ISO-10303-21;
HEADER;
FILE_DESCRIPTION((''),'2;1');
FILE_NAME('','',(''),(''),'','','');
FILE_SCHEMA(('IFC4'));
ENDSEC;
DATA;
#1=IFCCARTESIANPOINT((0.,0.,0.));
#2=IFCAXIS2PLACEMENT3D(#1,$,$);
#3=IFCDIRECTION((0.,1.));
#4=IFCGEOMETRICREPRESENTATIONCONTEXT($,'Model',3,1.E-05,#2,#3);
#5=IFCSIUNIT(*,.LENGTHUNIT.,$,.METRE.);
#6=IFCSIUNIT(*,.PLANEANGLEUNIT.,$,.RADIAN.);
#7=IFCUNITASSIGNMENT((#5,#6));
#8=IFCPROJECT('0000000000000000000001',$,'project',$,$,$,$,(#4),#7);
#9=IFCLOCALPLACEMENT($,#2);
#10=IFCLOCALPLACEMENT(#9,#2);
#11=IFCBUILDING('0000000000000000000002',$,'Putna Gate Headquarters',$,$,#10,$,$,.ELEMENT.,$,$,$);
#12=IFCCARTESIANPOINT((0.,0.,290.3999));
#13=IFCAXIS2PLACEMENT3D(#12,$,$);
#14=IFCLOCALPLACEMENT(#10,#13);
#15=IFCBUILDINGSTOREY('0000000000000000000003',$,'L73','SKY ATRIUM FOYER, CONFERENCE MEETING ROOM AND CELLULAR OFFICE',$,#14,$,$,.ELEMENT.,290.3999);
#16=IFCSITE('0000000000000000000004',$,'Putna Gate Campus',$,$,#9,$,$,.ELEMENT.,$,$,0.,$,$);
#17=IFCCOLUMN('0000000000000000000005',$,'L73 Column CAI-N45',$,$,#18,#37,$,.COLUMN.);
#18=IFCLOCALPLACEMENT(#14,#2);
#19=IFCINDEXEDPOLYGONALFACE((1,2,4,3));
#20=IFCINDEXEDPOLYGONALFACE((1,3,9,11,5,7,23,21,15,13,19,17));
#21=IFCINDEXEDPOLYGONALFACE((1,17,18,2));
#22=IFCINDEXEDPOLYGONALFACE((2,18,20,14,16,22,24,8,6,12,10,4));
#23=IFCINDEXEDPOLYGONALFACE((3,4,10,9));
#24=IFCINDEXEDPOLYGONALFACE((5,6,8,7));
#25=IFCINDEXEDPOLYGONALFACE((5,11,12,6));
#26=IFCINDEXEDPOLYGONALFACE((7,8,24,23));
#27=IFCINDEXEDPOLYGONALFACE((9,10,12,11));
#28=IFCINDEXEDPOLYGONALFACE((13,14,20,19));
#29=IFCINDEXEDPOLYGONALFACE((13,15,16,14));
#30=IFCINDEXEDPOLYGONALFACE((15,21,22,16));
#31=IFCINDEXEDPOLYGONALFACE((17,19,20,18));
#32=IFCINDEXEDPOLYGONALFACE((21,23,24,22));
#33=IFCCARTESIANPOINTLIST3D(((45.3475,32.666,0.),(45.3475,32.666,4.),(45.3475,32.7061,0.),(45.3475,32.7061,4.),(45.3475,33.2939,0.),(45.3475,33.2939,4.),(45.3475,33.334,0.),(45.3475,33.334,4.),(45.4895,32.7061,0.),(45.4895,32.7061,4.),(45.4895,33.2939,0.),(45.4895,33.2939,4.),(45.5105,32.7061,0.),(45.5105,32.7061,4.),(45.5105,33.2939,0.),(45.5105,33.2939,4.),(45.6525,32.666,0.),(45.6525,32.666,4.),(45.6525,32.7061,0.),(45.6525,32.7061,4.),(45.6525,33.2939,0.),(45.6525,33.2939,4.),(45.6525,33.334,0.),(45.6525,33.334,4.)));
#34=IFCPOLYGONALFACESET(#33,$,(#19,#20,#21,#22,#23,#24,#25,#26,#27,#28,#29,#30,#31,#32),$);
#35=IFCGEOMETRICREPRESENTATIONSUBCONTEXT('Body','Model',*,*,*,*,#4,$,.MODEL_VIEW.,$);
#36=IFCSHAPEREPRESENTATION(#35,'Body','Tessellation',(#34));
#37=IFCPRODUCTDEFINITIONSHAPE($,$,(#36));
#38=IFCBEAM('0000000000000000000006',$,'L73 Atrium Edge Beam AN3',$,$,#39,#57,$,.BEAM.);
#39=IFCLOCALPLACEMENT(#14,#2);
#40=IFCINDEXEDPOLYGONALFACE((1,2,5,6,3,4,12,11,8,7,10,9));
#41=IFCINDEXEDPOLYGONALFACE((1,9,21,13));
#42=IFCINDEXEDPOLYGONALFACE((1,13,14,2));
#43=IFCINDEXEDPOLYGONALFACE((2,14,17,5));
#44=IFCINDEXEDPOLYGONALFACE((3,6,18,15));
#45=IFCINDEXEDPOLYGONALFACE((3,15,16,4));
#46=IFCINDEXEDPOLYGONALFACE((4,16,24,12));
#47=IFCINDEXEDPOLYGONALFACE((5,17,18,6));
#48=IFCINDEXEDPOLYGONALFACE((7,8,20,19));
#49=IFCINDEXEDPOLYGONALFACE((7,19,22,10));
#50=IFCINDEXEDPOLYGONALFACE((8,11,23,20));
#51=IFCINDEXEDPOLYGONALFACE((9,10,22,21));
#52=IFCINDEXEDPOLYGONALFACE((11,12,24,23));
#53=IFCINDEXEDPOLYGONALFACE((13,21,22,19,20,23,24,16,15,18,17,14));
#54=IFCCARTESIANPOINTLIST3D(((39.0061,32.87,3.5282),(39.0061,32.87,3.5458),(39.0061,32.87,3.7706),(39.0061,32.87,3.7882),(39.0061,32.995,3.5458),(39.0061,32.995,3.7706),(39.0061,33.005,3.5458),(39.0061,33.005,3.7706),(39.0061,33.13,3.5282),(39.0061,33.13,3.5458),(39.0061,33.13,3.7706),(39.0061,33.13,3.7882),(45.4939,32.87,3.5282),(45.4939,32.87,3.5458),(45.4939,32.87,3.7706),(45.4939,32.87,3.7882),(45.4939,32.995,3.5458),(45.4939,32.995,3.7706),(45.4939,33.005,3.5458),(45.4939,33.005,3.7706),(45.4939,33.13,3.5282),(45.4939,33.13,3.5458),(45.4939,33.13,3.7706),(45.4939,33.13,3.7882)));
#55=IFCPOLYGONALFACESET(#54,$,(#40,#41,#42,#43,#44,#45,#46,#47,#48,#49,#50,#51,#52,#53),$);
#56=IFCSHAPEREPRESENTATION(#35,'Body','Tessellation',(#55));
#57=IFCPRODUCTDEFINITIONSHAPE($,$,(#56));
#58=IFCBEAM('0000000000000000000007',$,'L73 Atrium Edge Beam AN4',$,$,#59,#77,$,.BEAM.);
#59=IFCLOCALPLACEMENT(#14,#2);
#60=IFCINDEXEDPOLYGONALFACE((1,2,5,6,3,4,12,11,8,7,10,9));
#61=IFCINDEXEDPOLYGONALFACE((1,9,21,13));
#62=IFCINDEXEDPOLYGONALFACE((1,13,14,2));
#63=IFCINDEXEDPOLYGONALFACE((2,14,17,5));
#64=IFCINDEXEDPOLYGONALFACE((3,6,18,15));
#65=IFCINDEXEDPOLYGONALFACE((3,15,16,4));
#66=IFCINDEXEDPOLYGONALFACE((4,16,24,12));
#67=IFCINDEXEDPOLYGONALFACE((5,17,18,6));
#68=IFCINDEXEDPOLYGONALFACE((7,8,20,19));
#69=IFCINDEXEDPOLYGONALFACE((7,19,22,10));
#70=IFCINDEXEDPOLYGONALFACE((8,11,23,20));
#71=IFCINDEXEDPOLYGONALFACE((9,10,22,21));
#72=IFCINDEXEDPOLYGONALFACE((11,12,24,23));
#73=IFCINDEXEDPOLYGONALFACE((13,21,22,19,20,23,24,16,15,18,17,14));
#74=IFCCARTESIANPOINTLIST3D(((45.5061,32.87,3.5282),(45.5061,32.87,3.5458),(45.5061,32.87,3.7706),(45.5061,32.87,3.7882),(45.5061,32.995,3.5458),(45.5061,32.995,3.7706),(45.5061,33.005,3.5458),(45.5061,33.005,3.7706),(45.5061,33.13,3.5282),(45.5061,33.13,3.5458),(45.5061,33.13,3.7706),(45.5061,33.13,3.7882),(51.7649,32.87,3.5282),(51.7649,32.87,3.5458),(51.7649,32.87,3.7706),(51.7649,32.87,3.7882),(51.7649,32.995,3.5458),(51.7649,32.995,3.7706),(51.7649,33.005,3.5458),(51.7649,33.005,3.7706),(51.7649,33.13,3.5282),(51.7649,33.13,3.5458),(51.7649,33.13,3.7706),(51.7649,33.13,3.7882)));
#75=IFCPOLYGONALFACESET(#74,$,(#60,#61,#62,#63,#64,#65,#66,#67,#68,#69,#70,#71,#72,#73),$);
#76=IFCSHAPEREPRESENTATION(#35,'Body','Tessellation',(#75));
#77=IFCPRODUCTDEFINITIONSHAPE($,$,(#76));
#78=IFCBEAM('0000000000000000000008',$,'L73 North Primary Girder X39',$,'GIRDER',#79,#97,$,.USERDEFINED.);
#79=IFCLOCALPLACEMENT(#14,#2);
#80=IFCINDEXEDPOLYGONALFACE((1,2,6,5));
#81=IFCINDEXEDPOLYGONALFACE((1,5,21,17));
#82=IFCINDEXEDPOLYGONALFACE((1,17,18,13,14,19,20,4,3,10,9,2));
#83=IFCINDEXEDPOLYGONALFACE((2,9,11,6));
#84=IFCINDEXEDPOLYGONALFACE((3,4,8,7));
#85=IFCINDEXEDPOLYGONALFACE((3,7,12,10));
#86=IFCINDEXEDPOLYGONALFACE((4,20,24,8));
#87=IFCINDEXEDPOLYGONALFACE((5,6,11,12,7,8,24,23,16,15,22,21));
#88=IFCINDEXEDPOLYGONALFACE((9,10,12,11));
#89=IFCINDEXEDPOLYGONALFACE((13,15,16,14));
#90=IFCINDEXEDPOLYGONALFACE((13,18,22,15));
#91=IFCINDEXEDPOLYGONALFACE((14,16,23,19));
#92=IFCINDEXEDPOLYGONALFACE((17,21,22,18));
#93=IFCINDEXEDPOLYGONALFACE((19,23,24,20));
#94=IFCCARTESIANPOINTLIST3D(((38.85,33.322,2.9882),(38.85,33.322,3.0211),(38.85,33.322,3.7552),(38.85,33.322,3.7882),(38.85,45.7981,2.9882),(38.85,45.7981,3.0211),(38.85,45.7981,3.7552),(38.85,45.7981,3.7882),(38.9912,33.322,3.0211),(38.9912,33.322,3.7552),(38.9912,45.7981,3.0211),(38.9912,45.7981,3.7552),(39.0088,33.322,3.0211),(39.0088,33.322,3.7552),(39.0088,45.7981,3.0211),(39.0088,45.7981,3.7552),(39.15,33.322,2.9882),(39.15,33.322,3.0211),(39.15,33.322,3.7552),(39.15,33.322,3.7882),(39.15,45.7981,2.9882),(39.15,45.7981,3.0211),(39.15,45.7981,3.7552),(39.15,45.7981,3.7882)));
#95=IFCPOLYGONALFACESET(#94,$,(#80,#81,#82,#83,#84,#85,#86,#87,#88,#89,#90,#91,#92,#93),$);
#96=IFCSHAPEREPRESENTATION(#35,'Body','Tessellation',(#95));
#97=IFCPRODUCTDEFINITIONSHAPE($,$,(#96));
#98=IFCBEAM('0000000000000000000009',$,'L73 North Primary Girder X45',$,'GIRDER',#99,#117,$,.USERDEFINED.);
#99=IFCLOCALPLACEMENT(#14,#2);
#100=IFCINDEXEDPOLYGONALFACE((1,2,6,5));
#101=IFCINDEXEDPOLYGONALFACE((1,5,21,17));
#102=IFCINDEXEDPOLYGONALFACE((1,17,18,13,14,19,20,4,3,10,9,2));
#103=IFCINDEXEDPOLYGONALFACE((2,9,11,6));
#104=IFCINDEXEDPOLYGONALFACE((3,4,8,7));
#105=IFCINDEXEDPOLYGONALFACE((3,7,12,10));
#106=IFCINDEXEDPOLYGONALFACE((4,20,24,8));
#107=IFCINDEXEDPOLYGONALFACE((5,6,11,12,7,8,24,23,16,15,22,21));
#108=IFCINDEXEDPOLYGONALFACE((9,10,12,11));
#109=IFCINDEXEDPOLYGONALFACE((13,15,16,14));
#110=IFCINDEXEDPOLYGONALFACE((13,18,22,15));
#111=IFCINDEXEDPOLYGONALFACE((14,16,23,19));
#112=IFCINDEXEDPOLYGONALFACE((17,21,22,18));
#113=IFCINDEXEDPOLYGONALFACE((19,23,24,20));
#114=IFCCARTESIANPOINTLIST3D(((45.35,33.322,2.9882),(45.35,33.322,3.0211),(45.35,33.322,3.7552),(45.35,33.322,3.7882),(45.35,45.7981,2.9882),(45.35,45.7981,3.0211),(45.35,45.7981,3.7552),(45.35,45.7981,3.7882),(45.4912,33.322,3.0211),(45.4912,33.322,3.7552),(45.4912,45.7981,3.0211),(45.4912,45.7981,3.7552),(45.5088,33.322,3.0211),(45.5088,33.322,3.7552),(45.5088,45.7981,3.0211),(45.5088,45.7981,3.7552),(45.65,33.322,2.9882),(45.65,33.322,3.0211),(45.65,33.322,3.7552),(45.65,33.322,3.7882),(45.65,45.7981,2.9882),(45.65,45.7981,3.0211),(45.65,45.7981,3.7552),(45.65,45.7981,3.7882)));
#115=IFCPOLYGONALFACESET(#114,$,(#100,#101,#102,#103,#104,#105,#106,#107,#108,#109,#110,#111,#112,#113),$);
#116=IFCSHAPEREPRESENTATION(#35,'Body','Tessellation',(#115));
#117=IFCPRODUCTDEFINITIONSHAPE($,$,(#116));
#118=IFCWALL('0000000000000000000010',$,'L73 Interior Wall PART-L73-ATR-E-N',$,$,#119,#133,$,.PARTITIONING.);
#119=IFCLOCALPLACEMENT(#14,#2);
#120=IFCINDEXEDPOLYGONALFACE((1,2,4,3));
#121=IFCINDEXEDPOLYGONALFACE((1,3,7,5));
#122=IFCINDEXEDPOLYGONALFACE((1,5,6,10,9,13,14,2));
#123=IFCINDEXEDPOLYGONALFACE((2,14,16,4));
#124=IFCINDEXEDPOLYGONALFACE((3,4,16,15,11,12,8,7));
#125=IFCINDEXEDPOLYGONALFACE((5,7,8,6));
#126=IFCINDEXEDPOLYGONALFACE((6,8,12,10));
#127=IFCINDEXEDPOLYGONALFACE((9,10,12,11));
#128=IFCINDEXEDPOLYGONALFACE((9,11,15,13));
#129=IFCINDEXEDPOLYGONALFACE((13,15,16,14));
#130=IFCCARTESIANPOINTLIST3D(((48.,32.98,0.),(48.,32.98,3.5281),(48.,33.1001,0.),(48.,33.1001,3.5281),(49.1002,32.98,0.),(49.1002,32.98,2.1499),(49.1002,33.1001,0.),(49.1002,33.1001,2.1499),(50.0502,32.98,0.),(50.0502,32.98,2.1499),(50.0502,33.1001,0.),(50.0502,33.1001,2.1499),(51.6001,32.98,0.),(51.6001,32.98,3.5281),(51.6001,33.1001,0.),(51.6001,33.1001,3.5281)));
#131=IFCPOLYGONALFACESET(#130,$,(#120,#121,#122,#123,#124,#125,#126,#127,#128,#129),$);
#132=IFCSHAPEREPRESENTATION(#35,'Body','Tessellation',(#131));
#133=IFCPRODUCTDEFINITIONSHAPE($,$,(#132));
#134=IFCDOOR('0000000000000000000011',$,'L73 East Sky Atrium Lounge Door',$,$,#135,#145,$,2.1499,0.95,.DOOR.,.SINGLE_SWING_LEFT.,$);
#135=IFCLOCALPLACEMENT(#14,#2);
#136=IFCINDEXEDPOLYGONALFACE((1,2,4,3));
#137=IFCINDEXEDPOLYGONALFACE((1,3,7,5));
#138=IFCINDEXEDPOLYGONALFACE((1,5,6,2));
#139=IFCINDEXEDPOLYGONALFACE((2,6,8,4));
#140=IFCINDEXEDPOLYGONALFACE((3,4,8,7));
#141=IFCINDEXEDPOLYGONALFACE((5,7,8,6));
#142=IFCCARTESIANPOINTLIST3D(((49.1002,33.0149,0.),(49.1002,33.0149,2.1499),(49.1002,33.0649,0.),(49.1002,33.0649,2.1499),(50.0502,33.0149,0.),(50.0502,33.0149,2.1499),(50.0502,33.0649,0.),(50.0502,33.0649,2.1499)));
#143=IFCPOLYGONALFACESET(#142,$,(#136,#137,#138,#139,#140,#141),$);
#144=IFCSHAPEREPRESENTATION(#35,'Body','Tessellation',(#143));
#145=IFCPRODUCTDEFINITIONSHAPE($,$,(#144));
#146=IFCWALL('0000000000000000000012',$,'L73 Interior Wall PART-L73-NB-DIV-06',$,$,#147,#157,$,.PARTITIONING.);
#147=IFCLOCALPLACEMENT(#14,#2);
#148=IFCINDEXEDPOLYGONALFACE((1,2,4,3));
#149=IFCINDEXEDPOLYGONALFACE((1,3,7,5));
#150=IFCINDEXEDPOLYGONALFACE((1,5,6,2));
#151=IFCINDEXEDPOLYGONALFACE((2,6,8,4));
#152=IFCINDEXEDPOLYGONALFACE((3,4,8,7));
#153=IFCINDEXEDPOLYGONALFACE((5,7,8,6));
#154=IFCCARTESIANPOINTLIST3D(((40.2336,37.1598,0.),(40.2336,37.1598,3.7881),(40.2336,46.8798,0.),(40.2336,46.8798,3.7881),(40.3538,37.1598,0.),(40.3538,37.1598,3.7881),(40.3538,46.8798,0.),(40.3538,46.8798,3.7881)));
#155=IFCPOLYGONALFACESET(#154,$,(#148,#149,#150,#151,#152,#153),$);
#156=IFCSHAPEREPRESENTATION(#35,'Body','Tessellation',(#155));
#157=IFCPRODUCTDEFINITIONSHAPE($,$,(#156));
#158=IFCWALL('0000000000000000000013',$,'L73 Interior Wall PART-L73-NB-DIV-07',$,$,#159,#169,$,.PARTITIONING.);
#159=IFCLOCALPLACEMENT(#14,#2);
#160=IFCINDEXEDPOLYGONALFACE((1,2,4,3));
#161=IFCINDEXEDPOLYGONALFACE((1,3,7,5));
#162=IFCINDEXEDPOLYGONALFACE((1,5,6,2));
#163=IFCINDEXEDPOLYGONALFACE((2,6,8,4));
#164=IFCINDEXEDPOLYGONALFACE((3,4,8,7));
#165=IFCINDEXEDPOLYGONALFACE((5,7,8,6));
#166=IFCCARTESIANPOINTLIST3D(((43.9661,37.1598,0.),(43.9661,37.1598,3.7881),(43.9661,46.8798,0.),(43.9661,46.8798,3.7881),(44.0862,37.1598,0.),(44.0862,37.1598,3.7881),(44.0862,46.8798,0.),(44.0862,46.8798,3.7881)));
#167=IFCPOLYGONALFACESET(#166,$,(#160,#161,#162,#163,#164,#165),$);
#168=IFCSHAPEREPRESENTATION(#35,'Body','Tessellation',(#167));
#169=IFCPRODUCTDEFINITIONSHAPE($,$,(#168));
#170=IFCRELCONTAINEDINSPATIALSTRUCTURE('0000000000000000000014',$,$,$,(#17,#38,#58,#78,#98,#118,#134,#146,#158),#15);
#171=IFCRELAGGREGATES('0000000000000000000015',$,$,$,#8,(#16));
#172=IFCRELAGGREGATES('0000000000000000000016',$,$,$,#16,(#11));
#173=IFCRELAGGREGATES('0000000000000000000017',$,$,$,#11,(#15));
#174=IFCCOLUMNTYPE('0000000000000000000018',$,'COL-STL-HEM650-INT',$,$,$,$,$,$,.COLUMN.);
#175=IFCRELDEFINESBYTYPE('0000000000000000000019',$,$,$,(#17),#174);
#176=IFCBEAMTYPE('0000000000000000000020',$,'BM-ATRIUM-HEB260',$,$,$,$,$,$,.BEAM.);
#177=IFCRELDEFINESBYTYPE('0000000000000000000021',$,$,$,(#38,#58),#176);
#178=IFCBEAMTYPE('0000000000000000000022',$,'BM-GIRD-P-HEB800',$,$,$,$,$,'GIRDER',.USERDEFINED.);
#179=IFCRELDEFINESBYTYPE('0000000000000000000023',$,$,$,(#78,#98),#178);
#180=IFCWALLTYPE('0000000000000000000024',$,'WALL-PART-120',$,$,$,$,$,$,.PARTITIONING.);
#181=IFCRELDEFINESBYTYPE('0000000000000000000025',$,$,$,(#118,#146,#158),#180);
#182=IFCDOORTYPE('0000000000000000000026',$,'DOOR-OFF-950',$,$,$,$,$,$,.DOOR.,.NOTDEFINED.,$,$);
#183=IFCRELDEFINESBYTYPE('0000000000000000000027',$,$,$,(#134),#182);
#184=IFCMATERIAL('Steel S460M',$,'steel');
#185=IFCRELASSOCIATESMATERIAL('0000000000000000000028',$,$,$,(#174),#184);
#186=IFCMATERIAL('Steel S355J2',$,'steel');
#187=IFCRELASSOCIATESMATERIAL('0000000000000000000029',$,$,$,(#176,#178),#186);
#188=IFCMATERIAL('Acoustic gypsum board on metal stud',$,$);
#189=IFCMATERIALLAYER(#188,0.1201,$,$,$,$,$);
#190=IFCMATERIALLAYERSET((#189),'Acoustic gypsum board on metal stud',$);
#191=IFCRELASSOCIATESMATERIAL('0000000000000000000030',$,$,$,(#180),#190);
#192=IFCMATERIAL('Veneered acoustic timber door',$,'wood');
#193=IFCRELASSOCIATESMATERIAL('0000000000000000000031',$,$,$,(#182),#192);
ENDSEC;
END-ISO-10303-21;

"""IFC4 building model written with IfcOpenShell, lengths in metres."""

from ifc_helpers import new_model, si_unit, direction, frame, frame_2d, origin, origin_2d, place, context, subcontext, project, spatial, rectangle, i_section, extrude, material, layer, layer_set, material_profile, profile_set, type_object, element, fill, save


model = new_model("IFC4")

# Units and contexts
model_context = context("Model", 3, precision=1e-05, world=origin(), true_north=direction((0.0, 1.0)))
body_context = subcontext(model_context, "Body", "Model", "MODEL_VIEW")
ifc_project = project(units=[si_unit("LENGTHUNIT", "METRE"), si_unit("PLANEANGLEUNIT", "RADIAN")], contexts=[model_context])

# Site, building, storey
site_placement = place(None, origin())
site = spatial("IfcSite", under=ifc_project, at=site_placement, Name="Putna Gate Campus", CompositionType="ELEMENT", RefElevation=0.0)
building_placement = place(site_placement, origin())
building = spatial("IfcBuilding", under=site, at=building_placement, Name="Putna Gate Headquarters", CompositionType="ELEMENT")
storey_placement = place(building_placement, frame((0.0, 0.0, 290.3999)))
storey = spatial("IfcBuildingStorey", under=building, at=storey_placement, Name="L73", Description="SKY ATRIUM FOYER, CONFERENCE MEETING ROOM AND CELLULAR OFFICE", CompositionType="ELEMENT", Elevation=290.3999)

# Column
ifc_material_1 = material(Name="Steel S460M", Category="steel")
ifc_material_profile_1 = material_profile(ifc_material_1, i_section(OverallWidth=0.3049, OverallDepth=0.668, WebThickness=0.021, FlangeThickness=0.04, at=origin_2d()), Name="Steel S460M")
ifc_profile_set_1 = profile_set([ifc_material_profile_1], Name="Steel S460M")
column_type = type_object("IfcColumnType", Name="COL-STL-HEM650-INT", PredefinedType="COLUMN", material=ifc_profile_set_1)
column_placement = place(storey_placement, frame((45.5, 33.0, 0.0), z_axis=(0.0, 0.0, 1.0), x_axis=(1.0, 0.0, 0.0)))
element("IfcColumn", 1, at=column_placement, inside=storey, type_object=column_type, Name="L73 Column CAI-N45", PredefinedType="COLUMN", context=body_context, shape_type="SweptSolid", body=[
    extrude(i_section(OverallWidth=0.3049, OverallDepth=0.668, WebThickness=0.021, FlangeThickness=0.04, at=origin_2d()), origin(), (0.0, 0.0, 1.0), 4.0),
])

# Beams
ifc_material_2 = material(Name="Steel S355J2", Category="steel")
ifc_material_profile_2 = material_profile(ifc_material_2, i_section(OverallWidth=0.26, OverallDepth=0.26, WebThickness=0.01, FlangeThickness=0.0176, at=origin_2d()), Name="Steel S355J2")
ifc_profile_set_2 = profile_set([ifc_material_profile_2], Name="Steel S355J2")
beam_type_1 = type_object("IfcBeamType", Name="BM-ATRIUM-HEB260", PredefinedType="BEAM", material=ifc_profile_set_2)
beam_1_placement = place(storey_placement, frame((39.0061, 33.0, 3.6582), z_axis=(1.0, 0.0, 0.0), x_axis=(0.0, 1.0, 0.0)))
element("IfcBeam", 2, at=beam_1_placement, inside=storey, type_object=beam_type_1, Name="L73 Atrium Edge Beam AN3", PredefinedType="BEAM", context=body_context, shape_type="SweptSolid", body=[
    extrude(i_section(OverallWidth=0.26, OverallDepth=0.26, WebThickness=0.01, FlangeThickness=0.0176, at=origin_2d()), origin(), (0.0, 0.0, 1.0), 6.4878),
])
beam_2_placement = place(storey_placement, frame((45.5061, 33.0, 3.6582), z_axis=(1.0, 0.0, 0.0), x_axis=(0.0, 1.0, 0.0)))
element("IfcBeam", 3, at=beam_2_placement, inside=storey, type_object=beam_type_1, Name="L73 Atrium Edge Beam AN4", PredefinedType="BEAM", context=body_context, shape_type="SweptSolid", body=[
    extrude(i_section(OverallWidth=0.26, OverallDepth=0.26, WebThickness=0.01, FlangeThickness=0.0176, at=origin_2d()), origin(), (0.0, 0.0, 1.0), 6.2588),
])
ifc_material_profile_3 = material_profile(ifc_material_2, i_section(OverallWidth=0.3, OverallDepth=0.8, WebThickness=0.0176, FlangeThickness=0.033, at=origin_2d()), Name="Steel S355J2")
ifc_profile_set_3 = profile_set([ifc_material_profile_3], Name="Steel S355J2")
beam_type_2 = type_object("IfcBeamType", Name="BM-GIRD-P-HEB800", ElementType="GIRDER", PredefinedType="USERDEFINED", material=ifc_profile_set_3)
for number, where, z_axis, x_axis, name in (
    (4, (39.0, 33.322, 3.3882), (0.0, 1.0, 0.0), (-1.0, 0.0, 0.0), "L73 North Primary Girder X39"),
    (5, (45.5, 33.322, 3.3882), (0.0, 1.0, 0.0), (-1.0, 0.0, 0.0), "L73 North Primary Girder X45"),
):
    element("IfcBeam", number, at=place(storey_placement, frame(where, z_axis=z_axis, x_axis=x_axis)), inside=storey, type_object=beam_type_2, Name=name, ObjectType="GIRDER", PredefinedType="USERDEFINED", context=body_context, shape_type="SweptSolid", body=[
        extrude(i_section(OverallWidth=0.3, OverallDepth=0.8, WebThickness=0.0176, FlangeThickness=0.033, at=origin_2d()), origin(), (0.0, 0.0, 1.0), 12.4761),
    ])

# Wall, opening, door
ifc_material_3 = material(Name="Acoustic gypsum board on metal stud")
ifc_layer_1 = layer(ifc_material_3, 0.1201)
ifc_layer_set_1 = layer_set([ifc_layer_1], Name="Acoustic gypsum board on metal stud")
wall_type_1 = type_object("IfcWallType", Name="WALL-PART-120", PredefinedType="PARTITIONING", material=ifc_layer_set_1)
wall_1_placement = place(storey_placement, frame((48.0, 33.04, 0.0), z_axis=(0.0, 0.0, 1.0), x_axis=(1.0, 0.0, 0.0)))
wall_1 = element("IfcWall", 6, at=wall_1_placement, inside=storey, type_object=wall_type_1, Name="L73 Interior Wall PART-L73-ATR-E-N", PredefinedType="PARTITIONING", context=body_context, shape_type="SweptSolid", body=[
    extrude(rectangle(XDim=3.6001, YDim=0.1201, at=frame_2d((1.8, 0.0))), origin(), (0.0, 0.0, 1.0), 3.5281),
])
opening_1_placement = place(wall_1_placement, frame((1.1001, 0.0, 0.0)))
opening_1 = element("IfcOpeningElement", 7, at=opening_1_placement, cuts=wall_1, PredefinedType="OPENING", context=body_context, shape_type="SweptSolid", body=[
    extrude(rectangle(XDim=0.95, YDim=2.1499, at=frame_2d((0.4751, 1.075))), frame((0.0, 0.0701, 0.0), z_axis=(0.0, -1.0, 0.0), x_axis=(1.0, 0.0, 0.0)), (0.0, 0.0, 1.0), 0.1401),
])
ifc_material_4 = material(Name="Veneered acoustic timber door", Category="wood")
door_type_1 = type_object("IfcDoorType", Name="DOOR-OFF-950", OperationType="NOTDEFINED", PredefinedType="DOOR", material=ifc_material_4)
door_1_placement = place(opening_1_placement, origin())
door_1 = element("IfcDoor", 8, at=door_1_placement, inside=storey, type_object=door_type_1, Name="L73 East Sky Atrium Lounge Door", OperationType="SINGLE_SWING_LEFT", OverallHeight=2.1499, OverallWidth=0.95, PredefinedType="DOOR", context=body_context, shape_type="SweptSolid", body=[
    extrude(rectangle(XDim=0.95, YDim=2.1499, at=frame_2d((0.4751, 1.075))), frame((0.0, 0.0249, 0.0), z_axis=(0.0, -1.0, 0.0), x_axis=(1.0, 0.0, 0.0)), (0.0, 0.0, 1.0), 0.05),
])
fill(opening_1, door_1)

# Walls
for number, where, z_axis, x_axis, name in (
    (9, (40.2937, 37.1599, 0.0), (0.0, 0.0, 1.0), (0.0, 1.0, 0.0), "L73 Interior Wall PART-L73-NB-DIV-06"),
    (10, (44.0261, 37.1599, 0.0), (0.0, 0.0, 1.0), (0.0, 1.0, 0.0), "L73 Interior Wall PART-L73-NB-DIV-07"),
):
    element("IfcWall", number, at=place(storey_placement, frame(where, z_axis=z_axis, x_axis=x_axis)), inside=storey, type_object=wall_type_1, Name=name, PredefinedType="PARTITIONING", context=body_context, shape_type="SweptSolid", body=[
        extrude(rectangle(XDim=9.72, YDim=0.1201, at=frame_2d((4.8599, 0.0))), origin(), (0.0, 0.0, 1.0), 3.7881),
    ])

save(model, "model.ifc")
